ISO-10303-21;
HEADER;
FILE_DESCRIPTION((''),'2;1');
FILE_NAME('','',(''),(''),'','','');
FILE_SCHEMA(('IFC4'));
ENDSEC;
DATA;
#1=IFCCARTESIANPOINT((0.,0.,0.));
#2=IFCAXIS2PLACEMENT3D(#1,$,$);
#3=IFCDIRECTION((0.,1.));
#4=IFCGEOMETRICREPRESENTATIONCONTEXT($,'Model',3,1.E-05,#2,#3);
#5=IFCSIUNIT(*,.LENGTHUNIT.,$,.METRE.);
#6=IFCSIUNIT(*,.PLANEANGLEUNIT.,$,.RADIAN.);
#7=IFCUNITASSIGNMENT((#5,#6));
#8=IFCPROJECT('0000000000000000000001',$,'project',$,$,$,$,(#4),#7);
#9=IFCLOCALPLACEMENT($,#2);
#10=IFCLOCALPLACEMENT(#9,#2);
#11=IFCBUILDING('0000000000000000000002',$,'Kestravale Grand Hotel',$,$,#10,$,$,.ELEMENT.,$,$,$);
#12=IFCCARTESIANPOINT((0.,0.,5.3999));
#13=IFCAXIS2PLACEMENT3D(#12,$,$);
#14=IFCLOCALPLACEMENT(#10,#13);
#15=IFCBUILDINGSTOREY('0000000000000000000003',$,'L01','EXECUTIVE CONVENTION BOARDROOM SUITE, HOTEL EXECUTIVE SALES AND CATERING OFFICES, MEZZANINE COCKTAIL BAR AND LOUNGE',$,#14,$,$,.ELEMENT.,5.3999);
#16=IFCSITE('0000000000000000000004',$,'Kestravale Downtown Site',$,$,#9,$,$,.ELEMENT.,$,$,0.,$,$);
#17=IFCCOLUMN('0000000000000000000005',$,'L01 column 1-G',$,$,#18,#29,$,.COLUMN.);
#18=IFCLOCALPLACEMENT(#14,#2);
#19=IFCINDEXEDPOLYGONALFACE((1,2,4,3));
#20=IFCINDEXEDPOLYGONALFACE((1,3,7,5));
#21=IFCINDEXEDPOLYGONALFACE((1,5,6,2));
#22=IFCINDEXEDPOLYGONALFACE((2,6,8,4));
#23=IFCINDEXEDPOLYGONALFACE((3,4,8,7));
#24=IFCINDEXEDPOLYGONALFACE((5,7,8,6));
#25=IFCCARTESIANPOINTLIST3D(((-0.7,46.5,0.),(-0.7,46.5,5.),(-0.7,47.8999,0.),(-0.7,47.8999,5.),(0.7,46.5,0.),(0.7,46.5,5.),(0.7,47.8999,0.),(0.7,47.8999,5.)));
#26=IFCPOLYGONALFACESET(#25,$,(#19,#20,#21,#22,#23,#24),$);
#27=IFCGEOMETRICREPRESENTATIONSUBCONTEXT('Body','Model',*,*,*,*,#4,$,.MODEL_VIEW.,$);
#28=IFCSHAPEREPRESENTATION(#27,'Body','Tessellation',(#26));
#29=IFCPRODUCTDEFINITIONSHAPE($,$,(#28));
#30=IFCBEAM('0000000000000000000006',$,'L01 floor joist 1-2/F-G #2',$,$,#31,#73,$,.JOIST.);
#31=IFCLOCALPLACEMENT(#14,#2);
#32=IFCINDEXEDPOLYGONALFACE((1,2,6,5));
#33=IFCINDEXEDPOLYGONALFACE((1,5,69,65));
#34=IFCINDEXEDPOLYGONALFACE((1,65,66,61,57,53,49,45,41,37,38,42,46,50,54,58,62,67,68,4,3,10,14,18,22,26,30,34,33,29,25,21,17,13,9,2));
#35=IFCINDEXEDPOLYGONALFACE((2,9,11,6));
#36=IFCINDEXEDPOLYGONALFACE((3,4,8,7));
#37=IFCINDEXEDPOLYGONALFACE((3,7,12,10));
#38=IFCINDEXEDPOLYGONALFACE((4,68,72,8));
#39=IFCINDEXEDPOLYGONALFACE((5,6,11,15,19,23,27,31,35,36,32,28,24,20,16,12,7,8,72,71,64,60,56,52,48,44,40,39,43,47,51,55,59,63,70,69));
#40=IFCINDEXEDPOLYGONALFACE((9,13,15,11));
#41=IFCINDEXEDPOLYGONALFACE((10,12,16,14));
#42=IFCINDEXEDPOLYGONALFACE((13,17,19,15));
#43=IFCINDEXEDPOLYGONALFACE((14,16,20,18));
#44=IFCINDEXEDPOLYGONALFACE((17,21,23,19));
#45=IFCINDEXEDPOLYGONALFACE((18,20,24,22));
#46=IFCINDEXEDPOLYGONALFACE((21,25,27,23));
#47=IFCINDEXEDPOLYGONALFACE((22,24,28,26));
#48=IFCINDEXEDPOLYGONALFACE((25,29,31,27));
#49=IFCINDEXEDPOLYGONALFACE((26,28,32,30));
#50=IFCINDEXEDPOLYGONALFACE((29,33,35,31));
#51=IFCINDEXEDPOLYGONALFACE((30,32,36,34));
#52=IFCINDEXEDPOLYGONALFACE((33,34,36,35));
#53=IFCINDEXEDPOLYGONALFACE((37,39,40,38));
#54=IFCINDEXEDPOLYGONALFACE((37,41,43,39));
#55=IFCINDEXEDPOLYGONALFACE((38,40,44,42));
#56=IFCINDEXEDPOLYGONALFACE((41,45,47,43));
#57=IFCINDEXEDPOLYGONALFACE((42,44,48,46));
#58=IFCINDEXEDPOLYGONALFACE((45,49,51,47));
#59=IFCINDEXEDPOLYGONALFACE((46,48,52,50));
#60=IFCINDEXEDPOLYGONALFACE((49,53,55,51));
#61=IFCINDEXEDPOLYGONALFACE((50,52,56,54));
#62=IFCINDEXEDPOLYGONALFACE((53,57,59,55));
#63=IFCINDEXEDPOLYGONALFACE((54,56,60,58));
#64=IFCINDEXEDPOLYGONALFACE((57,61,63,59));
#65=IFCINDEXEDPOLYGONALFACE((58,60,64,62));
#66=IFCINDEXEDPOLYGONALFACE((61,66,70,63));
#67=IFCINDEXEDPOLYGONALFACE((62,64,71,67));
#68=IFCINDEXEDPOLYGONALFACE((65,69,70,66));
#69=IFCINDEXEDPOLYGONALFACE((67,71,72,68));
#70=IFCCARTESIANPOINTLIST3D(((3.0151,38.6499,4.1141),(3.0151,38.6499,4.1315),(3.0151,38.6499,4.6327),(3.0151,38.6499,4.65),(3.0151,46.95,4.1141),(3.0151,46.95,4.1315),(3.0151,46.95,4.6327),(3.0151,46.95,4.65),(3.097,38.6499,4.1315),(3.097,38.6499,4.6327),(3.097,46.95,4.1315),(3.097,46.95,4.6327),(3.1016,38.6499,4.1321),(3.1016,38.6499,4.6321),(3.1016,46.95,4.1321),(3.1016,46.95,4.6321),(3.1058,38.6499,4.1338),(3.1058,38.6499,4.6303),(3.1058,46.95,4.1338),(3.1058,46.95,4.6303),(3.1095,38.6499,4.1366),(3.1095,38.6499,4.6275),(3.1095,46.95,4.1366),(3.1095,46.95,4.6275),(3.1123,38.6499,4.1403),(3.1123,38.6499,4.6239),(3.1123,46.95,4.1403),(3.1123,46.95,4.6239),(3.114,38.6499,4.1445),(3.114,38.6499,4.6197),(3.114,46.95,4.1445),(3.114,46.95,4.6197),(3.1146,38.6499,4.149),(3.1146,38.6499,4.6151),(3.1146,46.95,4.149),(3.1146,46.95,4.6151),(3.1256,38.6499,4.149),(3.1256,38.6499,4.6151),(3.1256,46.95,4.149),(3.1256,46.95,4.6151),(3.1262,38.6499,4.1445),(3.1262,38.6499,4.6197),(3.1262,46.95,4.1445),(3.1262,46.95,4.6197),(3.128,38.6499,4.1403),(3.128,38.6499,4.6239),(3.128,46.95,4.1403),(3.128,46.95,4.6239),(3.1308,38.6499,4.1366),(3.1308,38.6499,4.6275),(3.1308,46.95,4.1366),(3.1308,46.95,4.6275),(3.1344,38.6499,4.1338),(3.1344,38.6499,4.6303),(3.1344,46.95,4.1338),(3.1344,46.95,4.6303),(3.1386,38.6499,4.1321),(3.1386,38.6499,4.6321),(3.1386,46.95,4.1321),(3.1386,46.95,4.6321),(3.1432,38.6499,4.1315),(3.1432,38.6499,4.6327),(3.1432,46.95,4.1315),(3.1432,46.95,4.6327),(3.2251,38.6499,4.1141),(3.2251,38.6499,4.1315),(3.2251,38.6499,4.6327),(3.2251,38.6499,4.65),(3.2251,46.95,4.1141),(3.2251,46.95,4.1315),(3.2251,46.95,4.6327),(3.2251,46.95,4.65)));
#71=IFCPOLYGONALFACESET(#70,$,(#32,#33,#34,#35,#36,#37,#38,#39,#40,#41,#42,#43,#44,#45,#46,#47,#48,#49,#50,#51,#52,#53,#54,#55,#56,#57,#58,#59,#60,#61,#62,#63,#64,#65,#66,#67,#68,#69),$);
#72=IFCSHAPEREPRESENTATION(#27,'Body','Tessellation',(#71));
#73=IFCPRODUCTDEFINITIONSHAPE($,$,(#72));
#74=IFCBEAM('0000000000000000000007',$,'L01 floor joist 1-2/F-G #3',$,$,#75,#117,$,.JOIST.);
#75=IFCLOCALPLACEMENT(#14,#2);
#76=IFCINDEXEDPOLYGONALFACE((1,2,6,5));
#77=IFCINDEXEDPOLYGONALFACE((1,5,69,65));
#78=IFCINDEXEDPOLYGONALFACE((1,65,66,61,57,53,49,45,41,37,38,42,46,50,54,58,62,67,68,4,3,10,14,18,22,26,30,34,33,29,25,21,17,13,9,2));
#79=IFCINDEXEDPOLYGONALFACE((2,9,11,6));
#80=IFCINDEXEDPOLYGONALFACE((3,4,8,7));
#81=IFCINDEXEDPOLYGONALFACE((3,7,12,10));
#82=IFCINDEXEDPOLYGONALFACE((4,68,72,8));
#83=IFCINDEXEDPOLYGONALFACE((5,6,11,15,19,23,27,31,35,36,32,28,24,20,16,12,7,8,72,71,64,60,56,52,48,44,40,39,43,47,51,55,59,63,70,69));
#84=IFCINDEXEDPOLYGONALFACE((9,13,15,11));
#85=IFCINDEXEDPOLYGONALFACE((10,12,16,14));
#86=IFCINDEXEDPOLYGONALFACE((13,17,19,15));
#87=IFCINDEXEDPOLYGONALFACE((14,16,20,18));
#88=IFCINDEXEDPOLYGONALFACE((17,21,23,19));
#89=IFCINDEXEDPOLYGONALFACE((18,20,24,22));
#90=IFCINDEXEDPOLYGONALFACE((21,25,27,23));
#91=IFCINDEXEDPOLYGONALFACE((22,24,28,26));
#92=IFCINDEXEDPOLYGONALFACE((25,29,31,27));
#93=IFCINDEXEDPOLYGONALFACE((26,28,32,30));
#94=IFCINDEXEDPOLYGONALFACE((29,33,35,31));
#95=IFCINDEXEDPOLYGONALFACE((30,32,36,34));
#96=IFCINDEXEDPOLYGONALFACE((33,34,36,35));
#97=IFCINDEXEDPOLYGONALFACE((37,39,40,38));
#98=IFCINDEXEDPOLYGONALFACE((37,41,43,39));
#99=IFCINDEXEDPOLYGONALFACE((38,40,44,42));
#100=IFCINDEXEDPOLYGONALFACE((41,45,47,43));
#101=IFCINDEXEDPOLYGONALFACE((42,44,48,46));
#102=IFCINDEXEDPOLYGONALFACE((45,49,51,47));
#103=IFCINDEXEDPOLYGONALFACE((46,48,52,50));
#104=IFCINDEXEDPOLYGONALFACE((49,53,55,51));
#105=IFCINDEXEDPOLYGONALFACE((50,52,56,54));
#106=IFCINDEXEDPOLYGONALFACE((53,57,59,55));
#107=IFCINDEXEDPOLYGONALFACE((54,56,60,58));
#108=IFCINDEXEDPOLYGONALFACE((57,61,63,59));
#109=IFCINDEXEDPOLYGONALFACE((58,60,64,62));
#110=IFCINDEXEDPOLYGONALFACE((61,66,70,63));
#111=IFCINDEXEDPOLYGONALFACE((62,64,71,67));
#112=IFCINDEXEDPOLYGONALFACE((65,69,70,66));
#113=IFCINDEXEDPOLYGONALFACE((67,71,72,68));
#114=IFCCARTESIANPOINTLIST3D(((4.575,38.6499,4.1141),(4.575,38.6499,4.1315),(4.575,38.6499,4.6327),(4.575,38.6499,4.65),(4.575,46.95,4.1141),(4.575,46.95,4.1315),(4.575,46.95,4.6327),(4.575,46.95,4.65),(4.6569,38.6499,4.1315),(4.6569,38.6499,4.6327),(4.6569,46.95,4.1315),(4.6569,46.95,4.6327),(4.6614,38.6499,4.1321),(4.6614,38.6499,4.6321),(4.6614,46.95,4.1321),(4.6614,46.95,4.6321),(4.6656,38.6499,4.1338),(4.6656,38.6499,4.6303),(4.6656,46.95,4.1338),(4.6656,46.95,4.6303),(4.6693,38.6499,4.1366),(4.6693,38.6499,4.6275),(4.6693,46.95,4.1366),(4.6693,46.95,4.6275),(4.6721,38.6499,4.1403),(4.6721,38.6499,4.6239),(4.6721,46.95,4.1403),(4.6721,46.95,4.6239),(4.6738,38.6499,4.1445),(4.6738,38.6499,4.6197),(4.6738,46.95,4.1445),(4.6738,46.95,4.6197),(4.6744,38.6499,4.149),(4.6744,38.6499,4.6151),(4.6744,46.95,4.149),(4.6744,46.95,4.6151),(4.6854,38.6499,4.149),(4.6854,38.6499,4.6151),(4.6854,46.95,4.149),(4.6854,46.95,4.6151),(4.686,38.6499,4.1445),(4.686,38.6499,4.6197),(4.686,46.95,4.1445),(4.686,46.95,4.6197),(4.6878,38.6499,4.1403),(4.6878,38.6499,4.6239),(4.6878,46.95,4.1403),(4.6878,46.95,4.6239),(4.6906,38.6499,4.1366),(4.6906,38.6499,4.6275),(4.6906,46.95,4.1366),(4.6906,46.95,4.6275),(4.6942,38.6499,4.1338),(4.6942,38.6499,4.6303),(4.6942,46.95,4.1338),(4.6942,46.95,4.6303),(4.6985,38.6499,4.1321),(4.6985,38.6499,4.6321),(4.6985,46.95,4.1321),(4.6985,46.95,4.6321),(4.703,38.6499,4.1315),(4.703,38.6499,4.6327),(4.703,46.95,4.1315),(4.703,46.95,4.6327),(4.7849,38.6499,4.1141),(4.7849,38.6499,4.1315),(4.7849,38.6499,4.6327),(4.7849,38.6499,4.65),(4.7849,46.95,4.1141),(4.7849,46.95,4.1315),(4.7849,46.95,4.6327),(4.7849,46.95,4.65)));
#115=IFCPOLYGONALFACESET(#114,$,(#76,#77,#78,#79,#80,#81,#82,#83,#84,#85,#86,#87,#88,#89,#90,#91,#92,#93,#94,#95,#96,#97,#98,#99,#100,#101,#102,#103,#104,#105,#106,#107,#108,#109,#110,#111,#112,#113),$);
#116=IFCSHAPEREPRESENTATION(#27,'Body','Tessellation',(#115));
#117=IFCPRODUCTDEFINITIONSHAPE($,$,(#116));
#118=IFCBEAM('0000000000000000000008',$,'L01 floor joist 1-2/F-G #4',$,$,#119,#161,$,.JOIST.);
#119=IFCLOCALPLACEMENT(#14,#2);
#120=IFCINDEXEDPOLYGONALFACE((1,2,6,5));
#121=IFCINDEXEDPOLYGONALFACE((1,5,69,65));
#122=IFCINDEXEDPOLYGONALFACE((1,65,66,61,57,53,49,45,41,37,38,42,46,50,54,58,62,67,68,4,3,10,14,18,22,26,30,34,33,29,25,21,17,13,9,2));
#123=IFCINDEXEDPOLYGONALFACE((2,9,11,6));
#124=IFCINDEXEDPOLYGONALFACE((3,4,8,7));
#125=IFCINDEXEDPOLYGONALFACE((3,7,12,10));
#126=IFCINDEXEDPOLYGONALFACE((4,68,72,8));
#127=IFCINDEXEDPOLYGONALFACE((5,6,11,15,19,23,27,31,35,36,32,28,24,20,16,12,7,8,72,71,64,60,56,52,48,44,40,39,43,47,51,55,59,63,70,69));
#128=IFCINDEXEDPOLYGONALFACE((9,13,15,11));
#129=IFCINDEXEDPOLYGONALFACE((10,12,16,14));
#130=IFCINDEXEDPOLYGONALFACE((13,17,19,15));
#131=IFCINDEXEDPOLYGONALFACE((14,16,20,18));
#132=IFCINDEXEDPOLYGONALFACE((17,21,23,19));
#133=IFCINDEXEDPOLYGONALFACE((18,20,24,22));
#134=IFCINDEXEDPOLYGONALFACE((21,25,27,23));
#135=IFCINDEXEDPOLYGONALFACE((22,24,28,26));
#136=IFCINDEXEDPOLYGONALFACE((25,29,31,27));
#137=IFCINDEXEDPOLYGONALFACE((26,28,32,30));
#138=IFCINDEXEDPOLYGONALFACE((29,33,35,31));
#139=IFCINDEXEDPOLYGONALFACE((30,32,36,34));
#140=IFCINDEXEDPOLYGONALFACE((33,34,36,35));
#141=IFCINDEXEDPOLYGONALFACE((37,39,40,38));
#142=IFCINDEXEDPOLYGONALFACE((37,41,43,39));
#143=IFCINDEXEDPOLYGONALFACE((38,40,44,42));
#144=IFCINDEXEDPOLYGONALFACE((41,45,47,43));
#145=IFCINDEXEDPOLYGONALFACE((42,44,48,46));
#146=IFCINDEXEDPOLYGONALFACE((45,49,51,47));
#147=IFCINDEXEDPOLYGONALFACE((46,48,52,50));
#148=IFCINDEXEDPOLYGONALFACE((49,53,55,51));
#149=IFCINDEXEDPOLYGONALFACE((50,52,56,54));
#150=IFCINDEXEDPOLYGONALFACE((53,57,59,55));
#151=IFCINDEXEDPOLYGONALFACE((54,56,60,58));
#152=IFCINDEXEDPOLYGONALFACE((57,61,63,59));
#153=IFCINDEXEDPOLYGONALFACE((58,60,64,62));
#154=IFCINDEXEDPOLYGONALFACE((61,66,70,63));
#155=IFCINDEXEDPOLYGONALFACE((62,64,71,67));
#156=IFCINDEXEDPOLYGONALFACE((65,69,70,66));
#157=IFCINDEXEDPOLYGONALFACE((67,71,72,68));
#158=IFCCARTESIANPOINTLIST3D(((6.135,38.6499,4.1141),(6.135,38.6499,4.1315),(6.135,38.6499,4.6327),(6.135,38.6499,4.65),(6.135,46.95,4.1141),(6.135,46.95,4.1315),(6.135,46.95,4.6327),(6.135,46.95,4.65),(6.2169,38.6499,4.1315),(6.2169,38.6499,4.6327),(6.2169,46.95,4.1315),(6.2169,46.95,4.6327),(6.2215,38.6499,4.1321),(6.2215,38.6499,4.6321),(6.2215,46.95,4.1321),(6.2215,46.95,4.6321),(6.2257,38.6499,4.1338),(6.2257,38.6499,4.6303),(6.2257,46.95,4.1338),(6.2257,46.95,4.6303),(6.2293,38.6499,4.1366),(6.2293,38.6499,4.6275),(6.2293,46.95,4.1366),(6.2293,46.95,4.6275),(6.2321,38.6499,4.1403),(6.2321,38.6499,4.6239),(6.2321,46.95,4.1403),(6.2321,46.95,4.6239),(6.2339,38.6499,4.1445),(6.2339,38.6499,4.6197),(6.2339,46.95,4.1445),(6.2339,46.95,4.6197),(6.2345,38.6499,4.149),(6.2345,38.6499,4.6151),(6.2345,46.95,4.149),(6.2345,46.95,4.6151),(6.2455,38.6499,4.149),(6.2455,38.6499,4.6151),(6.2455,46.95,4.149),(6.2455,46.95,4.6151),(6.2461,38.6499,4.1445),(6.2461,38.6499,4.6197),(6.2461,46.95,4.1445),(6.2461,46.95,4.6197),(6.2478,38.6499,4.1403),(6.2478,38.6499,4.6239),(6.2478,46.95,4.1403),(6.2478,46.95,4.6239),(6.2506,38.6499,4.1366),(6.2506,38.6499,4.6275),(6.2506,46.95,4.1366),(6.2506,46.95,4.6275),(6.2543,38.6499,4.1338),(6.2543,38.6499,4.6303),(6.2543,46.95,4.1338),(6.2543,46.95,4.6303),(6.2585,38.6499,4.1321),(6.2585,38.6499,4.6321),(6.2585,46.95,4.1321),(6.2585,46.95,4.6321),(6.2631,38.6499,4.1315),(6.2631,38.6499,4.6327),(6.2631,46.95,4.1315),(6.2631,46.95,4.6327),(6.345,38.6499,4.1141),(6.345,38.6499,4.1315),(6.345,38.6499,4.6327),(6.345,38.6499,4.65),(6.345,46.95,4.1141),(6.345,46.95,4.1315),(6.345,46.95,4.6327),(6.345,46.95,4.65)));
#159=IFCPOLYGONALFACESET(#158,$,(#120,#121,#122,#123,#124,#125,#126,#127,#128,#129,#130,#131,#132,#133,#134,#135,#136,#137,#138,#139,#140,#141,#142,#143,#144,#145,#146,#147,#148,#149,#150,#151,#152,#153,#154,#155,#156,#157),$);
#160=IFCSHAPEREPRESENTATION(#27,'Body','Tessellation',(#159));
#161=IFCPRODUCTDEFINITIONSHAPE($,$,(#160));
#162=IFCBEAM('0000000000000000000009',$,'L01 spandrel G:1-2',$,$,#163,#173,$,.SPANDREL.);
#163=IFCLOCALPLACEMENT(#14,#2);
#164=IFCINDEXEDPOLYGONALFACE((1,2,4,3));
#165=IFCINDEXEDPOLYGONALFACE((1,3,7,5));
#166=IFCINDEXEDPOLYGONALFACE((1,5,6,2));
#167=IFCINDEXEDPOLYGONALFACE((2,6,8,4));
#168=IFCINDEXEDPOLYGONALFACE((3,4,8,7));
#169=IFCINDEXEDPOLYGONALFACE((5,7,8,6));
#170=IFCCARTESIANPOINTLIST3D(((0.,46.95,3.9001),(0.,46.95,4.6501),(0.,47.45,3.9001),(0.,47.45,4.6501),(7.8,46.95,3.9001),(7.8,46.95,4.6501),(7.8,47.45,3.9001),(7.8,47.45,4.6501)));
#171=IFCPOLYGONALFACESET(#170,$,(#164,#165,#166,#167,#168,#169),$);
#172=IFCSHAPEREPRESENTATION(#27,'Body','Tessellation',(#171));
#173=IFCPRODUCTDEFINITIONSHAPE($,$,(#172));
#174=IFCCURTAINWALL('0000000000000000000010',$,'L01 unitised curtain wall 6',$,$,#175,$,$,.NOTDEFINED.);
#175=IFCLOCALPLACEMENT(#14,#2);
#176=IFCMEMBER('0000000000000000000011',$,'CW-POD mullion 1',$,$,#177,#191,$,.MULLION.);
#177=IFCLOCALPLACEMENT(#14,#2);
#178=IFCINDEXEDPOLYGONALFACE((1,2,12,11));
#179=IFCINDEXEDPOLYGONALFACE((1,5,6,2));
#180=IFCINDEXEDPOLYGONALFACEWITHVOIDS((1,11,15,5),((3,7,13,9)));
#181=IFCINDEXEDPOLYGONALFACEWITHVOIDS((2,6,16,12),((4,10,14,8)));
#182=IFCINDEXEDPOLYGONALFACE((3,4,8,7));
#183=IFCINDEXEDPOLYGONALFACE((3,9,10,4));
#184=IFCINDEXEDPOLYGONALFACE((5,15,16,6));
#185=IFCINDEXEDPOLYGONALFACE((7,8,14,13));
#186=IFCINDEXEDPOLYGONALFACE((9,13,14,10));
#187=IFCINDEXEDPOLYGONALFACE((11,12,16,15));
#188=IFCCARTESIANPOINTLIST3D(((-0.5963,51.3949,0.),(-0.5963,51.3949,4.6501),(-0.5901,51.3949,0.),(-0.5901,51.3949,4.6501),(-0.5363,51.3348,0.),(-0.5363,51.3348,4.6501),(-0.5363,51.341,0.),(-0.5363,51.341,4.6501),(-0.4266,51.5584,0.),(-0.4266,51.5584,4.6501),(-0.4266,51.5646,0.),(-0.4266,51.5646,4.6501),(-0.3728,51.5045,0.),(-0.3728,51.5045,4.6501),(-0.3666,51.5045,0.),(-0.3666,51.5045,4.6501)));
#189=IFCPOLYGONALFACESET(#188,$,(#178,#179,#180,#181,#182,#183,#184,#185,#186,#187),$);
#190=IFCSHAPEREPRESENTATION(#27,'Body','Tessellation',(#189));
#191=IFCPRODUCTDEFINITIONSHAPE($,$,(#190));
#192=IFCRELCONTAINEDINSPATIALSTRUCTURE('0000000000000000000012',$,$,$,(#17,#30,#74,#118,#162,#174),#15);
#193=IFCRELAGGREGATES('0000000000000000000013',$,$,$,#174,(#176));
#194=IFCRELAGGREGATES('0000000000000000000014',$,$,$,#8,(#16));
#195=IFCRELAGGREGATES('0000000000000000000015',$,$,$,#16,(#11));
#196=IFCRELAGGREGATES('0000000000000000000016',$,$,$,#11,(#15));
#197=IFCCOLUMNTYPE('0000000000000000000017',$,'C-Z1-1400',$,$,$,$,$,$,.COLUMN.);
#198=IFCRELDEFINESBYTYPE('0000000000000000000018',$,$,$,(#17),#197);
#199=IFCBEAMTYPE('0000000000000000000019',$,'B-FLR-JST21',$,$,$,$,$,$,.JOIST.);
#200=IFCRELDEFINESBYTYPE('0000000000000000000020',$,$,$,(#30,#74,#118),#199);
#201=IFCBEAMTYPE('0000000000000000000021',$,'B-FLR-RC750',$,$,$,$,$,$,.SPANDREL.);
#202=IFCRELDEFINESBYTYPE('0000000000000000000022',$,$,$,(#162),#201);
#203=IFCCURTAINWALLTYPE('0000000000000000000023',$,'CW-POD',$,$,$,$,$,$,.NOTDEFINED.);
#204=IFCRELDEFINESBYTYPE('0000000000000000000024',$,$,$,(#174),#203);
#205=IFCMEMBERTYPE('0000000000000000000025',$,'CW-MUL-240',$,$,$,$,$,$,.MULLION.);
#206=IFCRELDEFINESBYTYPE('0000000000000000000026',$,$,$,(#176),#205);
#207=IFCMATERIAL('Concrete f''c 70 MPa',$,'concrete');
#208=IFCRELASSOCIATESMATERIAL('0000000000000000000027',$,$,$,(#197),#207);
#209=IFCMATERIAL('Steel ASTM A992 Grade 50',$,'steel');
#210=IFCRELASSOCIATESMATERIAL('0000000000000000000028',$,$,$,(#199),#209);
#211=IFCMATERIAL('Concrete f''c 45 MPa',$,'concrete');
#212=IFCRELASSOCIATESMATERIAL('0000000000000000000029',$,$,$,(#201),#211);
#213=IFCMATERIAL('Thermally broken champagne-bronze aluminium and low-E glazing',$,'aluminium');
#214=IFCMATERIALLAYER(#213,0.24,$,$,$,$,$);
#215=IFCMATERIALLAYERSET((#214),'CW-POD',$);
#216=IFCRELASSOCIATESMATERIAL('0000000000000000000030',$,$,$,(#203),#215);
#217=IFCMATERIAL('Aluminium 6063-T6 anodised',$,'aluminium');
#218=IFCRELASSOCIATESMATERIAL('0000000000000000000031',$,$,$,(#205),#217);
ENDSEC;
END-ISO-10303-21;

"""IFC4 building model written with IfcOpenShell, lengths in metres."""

from ifc_helpers import new_model, si_unit, direction, frame, origin, origin_2d, place, context, subcontext, project, spatial, rectangle, hollow_rectangle, i_section, extrude, material, layer, layer_set, material_profile, profile_set, type_object, element, aggregate, save


model = new_model("IFC4")

# Units and contexts
model_context = context("Model", 3, precision=1e-05, world=origin(), true_north=direction((0.0, 1.0)))
body_context = subcontext(model_context, "Body", "Model", "MODEL_VIEW")
ifc_project = project(units=[si_unit("LENGTHUNIT", "METRE"), si_unit("PLANEANGLEUNIT", "RADIAN")], contexts=[model_context])

# Site, building, storey
site_placement = place(None, origin())
site = spatial("IfcSite", under=ifc_project, at=site_placement, Name="Kestravale Downtown Site", CompositionType="ELEMENT", RefElevation=0.0)
building_placement = place(site_placement, origin())
building = spatial("IfcBuilding", under=site, at=building_placement, Name="Kestravale Grand Hotel", CompositionType="ELEMENT")
storey_placement = place(building_placement, frame((0.0, 0.0, 5.3999)))
storey = spatial("IfcBuildingStorey", under=building, at=storey_placement, Name="L01", Description="EXECUTIVE CONVENTION BOARDROOM SUITE, HOTEL EXECUTIVE SALES AND CATERING OFFICES, MEZZANINE COCKTAIL BAR AND LOUNGE", CompositionType="ELEMENT", Elevation=5.3999)

# Column
ifc_material_1 = material(Name="Concrete f'c 70 MPa", Category="concrete")
ifc_material_profile_1 = material_profile(ifc_material_1, rectangle(XDim=1.3999, YDim=1.3999, at=origin_2d()))
ifc_profile_set_1 = profile_set([ifc_material_profile_1], Name="Concrete f'c 70 MPa")
column_type = type_object("IfcColumnType", Name="C-Z1-1400", PredefinedType="COLUMN", material=ifc_profile_set_1)
column_placement = place(storey_placement, frame((0.0, 47.2, 0.0), z_axis=(0.0, 0.0, 1.0), x_axis=(1.0, 0.0, 0.0)))
element("IfcColumn", 1, at=column_placement, inside=storey, type_object=column_type, Name="L01 column 1-G", PredefinedType="COLUMN", context=body_context, shape_type="SweptSolid", body=[
    extrude(rectangle(XDim=1.3999, YDim=1.3999, at=origin_2d()), origin(), (0.0, 0.0, 1.0), 5.0),
])

# Beams
ifc_material_2 = material(Name="Steel ASTM A992 Grade 50", Category="steel")
ifc_material_profile_2 = material_profile(ifc_material_2, i_section(OverallWidth=0.21, OverallDepth=0.5359, WebThickness=0.011, FlangeThickness=0.0173, FilletRadius=0.0176, at=origin_2d()))
ifc_profile_set_2 = profile_set([ifc_material_profile_2], Name="Steel ASTM A992 Grade 50")
beam_type_1 = type_object("IfcBeamType", Name="B-FLR-JST21", PredefinedType="JOIST", material=ifc_profile_set_2)
for number, where, z_axis, x_axis, name in (
    (2, (3.1201, 38.6499, 4.3821), (0.0, 1.0, 0.0), (-1.0, 0.0, 0.0), "L01 floor joist 1-2/F-G #2"),
    (3, (4.6799, 38.6499, 4.3821), (0.0, 1.0, 0.0), (-1.0, 0.0, 0.0), "L01 floor joist 1-2/F-G #3"),
    (4, (6.24, 38.6499, 4.3821), (0.0, 1.0, 0.0), (-1.0, 0.0, 0.0), "L01 floor joist 1-2/F-G #4"),
):
    element("IfcBeam", number, at=place(storey_placement, frame(where, z_axis=z_axis, x_axis=x_axis)), inside=storey, type_object=beam_type_1, Name=name, PredefinedType="JOIST", context=body_context, shape_type="SweptSolid", body=[
        extrude(i_section(OverallWidth=0.21, OverallDepth=0.5359, WebThickness=0.011, FlangeThickness=0.0173, FilletRadius=0.0176, at=origin_2d()), origin(), (0.0, 0.0, 1.0), 8.3),
    ])
ifc_material_3 = material(Name="Concrete f'c 45 MPa", Category="concrete")
ifc_material_profile_3 = material_profile(ifc_material_3, rectangle(XDim=0.5, YDim=0.75, at=origin_2d()))
ifc_profile_set_3 = profile_set([ifc_material_profile_3], Name="Concrete f'c 45 MPa")
beam_type_2 = type_object("IfcBeamType", Name="B-FLR-RC750", PredefinedType="SPANDREL", material=ifc_profile_set_3)
beam_placement = place(storey_placement, frame((0.0, 47.2, 4.2751), z_axis=(1.0, 0.0, 0.0), x_axis=(0.0, 1.0, 0.0)))
element("IfcBeam", 5, at=beam_placement, inside=storey, type_object=beam_type_2, Name="L01 spandrel G:1-2", PredefinedType="SPANDREL", context=body_context, shape_type="SweptSolid", body=[
    extrude(rectangle(XDim=0.5, YDim=0.75, at=origin_2d()), origin(), (0.0, 0.0, 1.0), 7.8),
])

# Curtain wall, member
ifc_material_4 = material(Name="Thermally broken champagne-bronze aluminium and low-E glazing", Category="aluminium")
ifc_layer_1 = layer(ifc_material_4, 0.24)
ifc_layer_set_1 = layer_set([ifc_layer_1], Name="CW-POD")
curtain_wall_type = type_object("IfcCurtainWallType", Name="CW-POD", PredefinedType="NOTDEFINED", material=ifc_layer_set_1)
curtain_wall_placement = place(storey_placement, origin())
curtain_wall = element("IfcCurtainWall", 6, at=curtain_wall_placement, inside=storey, type_object=curtain_wall_type, Name="L01 unitised curtain wall 6", PredefinedType="NOTDEFINED")
ifc_material_5 = material(Name="Aluminium 6063-T6 anodised", Category="aluminium")
ifc_material_profile_4 = material_profile(ifc_material_5, hollow_rectangle(XDim=0.085, YDim=0.24, WallThickness=0.0044, at=origin_2d()))
ifc_profile_set_4 = profile_set([ifc_material_profile_4], Name="Aluminium 6063-T6 anodised")
member_type_1 = type_object("IfcMemberType", Name="CW-MUL-240", PredefinedType="MULLION", material=ifc_profile_set_4)
member_1_placement = place(storey_placement, frame((-0.4814, 51.4497, 0.0), z_axis=(0.0, 0.0, 1.0), x_axis=(0.707107, -0.707107, 0.0)))
member_1 = element("IfcMember", 7, at=member_1_placement, type_object=member_type_1, Name="CW-POD mullion 1", PredefinedType="MULLION", context=body_context, shape_type="SweptSolid", body=[
    extrude(hollow_rectangle(XDim=0.085, YDim=0.24, WallThickness=0.0044, at=origin_2d()), origin(), (0.0, 0.0, 1.0), 4.6501),
])
aggregate(curtain_wall, [member_1])

save(model, "model.ifc")
